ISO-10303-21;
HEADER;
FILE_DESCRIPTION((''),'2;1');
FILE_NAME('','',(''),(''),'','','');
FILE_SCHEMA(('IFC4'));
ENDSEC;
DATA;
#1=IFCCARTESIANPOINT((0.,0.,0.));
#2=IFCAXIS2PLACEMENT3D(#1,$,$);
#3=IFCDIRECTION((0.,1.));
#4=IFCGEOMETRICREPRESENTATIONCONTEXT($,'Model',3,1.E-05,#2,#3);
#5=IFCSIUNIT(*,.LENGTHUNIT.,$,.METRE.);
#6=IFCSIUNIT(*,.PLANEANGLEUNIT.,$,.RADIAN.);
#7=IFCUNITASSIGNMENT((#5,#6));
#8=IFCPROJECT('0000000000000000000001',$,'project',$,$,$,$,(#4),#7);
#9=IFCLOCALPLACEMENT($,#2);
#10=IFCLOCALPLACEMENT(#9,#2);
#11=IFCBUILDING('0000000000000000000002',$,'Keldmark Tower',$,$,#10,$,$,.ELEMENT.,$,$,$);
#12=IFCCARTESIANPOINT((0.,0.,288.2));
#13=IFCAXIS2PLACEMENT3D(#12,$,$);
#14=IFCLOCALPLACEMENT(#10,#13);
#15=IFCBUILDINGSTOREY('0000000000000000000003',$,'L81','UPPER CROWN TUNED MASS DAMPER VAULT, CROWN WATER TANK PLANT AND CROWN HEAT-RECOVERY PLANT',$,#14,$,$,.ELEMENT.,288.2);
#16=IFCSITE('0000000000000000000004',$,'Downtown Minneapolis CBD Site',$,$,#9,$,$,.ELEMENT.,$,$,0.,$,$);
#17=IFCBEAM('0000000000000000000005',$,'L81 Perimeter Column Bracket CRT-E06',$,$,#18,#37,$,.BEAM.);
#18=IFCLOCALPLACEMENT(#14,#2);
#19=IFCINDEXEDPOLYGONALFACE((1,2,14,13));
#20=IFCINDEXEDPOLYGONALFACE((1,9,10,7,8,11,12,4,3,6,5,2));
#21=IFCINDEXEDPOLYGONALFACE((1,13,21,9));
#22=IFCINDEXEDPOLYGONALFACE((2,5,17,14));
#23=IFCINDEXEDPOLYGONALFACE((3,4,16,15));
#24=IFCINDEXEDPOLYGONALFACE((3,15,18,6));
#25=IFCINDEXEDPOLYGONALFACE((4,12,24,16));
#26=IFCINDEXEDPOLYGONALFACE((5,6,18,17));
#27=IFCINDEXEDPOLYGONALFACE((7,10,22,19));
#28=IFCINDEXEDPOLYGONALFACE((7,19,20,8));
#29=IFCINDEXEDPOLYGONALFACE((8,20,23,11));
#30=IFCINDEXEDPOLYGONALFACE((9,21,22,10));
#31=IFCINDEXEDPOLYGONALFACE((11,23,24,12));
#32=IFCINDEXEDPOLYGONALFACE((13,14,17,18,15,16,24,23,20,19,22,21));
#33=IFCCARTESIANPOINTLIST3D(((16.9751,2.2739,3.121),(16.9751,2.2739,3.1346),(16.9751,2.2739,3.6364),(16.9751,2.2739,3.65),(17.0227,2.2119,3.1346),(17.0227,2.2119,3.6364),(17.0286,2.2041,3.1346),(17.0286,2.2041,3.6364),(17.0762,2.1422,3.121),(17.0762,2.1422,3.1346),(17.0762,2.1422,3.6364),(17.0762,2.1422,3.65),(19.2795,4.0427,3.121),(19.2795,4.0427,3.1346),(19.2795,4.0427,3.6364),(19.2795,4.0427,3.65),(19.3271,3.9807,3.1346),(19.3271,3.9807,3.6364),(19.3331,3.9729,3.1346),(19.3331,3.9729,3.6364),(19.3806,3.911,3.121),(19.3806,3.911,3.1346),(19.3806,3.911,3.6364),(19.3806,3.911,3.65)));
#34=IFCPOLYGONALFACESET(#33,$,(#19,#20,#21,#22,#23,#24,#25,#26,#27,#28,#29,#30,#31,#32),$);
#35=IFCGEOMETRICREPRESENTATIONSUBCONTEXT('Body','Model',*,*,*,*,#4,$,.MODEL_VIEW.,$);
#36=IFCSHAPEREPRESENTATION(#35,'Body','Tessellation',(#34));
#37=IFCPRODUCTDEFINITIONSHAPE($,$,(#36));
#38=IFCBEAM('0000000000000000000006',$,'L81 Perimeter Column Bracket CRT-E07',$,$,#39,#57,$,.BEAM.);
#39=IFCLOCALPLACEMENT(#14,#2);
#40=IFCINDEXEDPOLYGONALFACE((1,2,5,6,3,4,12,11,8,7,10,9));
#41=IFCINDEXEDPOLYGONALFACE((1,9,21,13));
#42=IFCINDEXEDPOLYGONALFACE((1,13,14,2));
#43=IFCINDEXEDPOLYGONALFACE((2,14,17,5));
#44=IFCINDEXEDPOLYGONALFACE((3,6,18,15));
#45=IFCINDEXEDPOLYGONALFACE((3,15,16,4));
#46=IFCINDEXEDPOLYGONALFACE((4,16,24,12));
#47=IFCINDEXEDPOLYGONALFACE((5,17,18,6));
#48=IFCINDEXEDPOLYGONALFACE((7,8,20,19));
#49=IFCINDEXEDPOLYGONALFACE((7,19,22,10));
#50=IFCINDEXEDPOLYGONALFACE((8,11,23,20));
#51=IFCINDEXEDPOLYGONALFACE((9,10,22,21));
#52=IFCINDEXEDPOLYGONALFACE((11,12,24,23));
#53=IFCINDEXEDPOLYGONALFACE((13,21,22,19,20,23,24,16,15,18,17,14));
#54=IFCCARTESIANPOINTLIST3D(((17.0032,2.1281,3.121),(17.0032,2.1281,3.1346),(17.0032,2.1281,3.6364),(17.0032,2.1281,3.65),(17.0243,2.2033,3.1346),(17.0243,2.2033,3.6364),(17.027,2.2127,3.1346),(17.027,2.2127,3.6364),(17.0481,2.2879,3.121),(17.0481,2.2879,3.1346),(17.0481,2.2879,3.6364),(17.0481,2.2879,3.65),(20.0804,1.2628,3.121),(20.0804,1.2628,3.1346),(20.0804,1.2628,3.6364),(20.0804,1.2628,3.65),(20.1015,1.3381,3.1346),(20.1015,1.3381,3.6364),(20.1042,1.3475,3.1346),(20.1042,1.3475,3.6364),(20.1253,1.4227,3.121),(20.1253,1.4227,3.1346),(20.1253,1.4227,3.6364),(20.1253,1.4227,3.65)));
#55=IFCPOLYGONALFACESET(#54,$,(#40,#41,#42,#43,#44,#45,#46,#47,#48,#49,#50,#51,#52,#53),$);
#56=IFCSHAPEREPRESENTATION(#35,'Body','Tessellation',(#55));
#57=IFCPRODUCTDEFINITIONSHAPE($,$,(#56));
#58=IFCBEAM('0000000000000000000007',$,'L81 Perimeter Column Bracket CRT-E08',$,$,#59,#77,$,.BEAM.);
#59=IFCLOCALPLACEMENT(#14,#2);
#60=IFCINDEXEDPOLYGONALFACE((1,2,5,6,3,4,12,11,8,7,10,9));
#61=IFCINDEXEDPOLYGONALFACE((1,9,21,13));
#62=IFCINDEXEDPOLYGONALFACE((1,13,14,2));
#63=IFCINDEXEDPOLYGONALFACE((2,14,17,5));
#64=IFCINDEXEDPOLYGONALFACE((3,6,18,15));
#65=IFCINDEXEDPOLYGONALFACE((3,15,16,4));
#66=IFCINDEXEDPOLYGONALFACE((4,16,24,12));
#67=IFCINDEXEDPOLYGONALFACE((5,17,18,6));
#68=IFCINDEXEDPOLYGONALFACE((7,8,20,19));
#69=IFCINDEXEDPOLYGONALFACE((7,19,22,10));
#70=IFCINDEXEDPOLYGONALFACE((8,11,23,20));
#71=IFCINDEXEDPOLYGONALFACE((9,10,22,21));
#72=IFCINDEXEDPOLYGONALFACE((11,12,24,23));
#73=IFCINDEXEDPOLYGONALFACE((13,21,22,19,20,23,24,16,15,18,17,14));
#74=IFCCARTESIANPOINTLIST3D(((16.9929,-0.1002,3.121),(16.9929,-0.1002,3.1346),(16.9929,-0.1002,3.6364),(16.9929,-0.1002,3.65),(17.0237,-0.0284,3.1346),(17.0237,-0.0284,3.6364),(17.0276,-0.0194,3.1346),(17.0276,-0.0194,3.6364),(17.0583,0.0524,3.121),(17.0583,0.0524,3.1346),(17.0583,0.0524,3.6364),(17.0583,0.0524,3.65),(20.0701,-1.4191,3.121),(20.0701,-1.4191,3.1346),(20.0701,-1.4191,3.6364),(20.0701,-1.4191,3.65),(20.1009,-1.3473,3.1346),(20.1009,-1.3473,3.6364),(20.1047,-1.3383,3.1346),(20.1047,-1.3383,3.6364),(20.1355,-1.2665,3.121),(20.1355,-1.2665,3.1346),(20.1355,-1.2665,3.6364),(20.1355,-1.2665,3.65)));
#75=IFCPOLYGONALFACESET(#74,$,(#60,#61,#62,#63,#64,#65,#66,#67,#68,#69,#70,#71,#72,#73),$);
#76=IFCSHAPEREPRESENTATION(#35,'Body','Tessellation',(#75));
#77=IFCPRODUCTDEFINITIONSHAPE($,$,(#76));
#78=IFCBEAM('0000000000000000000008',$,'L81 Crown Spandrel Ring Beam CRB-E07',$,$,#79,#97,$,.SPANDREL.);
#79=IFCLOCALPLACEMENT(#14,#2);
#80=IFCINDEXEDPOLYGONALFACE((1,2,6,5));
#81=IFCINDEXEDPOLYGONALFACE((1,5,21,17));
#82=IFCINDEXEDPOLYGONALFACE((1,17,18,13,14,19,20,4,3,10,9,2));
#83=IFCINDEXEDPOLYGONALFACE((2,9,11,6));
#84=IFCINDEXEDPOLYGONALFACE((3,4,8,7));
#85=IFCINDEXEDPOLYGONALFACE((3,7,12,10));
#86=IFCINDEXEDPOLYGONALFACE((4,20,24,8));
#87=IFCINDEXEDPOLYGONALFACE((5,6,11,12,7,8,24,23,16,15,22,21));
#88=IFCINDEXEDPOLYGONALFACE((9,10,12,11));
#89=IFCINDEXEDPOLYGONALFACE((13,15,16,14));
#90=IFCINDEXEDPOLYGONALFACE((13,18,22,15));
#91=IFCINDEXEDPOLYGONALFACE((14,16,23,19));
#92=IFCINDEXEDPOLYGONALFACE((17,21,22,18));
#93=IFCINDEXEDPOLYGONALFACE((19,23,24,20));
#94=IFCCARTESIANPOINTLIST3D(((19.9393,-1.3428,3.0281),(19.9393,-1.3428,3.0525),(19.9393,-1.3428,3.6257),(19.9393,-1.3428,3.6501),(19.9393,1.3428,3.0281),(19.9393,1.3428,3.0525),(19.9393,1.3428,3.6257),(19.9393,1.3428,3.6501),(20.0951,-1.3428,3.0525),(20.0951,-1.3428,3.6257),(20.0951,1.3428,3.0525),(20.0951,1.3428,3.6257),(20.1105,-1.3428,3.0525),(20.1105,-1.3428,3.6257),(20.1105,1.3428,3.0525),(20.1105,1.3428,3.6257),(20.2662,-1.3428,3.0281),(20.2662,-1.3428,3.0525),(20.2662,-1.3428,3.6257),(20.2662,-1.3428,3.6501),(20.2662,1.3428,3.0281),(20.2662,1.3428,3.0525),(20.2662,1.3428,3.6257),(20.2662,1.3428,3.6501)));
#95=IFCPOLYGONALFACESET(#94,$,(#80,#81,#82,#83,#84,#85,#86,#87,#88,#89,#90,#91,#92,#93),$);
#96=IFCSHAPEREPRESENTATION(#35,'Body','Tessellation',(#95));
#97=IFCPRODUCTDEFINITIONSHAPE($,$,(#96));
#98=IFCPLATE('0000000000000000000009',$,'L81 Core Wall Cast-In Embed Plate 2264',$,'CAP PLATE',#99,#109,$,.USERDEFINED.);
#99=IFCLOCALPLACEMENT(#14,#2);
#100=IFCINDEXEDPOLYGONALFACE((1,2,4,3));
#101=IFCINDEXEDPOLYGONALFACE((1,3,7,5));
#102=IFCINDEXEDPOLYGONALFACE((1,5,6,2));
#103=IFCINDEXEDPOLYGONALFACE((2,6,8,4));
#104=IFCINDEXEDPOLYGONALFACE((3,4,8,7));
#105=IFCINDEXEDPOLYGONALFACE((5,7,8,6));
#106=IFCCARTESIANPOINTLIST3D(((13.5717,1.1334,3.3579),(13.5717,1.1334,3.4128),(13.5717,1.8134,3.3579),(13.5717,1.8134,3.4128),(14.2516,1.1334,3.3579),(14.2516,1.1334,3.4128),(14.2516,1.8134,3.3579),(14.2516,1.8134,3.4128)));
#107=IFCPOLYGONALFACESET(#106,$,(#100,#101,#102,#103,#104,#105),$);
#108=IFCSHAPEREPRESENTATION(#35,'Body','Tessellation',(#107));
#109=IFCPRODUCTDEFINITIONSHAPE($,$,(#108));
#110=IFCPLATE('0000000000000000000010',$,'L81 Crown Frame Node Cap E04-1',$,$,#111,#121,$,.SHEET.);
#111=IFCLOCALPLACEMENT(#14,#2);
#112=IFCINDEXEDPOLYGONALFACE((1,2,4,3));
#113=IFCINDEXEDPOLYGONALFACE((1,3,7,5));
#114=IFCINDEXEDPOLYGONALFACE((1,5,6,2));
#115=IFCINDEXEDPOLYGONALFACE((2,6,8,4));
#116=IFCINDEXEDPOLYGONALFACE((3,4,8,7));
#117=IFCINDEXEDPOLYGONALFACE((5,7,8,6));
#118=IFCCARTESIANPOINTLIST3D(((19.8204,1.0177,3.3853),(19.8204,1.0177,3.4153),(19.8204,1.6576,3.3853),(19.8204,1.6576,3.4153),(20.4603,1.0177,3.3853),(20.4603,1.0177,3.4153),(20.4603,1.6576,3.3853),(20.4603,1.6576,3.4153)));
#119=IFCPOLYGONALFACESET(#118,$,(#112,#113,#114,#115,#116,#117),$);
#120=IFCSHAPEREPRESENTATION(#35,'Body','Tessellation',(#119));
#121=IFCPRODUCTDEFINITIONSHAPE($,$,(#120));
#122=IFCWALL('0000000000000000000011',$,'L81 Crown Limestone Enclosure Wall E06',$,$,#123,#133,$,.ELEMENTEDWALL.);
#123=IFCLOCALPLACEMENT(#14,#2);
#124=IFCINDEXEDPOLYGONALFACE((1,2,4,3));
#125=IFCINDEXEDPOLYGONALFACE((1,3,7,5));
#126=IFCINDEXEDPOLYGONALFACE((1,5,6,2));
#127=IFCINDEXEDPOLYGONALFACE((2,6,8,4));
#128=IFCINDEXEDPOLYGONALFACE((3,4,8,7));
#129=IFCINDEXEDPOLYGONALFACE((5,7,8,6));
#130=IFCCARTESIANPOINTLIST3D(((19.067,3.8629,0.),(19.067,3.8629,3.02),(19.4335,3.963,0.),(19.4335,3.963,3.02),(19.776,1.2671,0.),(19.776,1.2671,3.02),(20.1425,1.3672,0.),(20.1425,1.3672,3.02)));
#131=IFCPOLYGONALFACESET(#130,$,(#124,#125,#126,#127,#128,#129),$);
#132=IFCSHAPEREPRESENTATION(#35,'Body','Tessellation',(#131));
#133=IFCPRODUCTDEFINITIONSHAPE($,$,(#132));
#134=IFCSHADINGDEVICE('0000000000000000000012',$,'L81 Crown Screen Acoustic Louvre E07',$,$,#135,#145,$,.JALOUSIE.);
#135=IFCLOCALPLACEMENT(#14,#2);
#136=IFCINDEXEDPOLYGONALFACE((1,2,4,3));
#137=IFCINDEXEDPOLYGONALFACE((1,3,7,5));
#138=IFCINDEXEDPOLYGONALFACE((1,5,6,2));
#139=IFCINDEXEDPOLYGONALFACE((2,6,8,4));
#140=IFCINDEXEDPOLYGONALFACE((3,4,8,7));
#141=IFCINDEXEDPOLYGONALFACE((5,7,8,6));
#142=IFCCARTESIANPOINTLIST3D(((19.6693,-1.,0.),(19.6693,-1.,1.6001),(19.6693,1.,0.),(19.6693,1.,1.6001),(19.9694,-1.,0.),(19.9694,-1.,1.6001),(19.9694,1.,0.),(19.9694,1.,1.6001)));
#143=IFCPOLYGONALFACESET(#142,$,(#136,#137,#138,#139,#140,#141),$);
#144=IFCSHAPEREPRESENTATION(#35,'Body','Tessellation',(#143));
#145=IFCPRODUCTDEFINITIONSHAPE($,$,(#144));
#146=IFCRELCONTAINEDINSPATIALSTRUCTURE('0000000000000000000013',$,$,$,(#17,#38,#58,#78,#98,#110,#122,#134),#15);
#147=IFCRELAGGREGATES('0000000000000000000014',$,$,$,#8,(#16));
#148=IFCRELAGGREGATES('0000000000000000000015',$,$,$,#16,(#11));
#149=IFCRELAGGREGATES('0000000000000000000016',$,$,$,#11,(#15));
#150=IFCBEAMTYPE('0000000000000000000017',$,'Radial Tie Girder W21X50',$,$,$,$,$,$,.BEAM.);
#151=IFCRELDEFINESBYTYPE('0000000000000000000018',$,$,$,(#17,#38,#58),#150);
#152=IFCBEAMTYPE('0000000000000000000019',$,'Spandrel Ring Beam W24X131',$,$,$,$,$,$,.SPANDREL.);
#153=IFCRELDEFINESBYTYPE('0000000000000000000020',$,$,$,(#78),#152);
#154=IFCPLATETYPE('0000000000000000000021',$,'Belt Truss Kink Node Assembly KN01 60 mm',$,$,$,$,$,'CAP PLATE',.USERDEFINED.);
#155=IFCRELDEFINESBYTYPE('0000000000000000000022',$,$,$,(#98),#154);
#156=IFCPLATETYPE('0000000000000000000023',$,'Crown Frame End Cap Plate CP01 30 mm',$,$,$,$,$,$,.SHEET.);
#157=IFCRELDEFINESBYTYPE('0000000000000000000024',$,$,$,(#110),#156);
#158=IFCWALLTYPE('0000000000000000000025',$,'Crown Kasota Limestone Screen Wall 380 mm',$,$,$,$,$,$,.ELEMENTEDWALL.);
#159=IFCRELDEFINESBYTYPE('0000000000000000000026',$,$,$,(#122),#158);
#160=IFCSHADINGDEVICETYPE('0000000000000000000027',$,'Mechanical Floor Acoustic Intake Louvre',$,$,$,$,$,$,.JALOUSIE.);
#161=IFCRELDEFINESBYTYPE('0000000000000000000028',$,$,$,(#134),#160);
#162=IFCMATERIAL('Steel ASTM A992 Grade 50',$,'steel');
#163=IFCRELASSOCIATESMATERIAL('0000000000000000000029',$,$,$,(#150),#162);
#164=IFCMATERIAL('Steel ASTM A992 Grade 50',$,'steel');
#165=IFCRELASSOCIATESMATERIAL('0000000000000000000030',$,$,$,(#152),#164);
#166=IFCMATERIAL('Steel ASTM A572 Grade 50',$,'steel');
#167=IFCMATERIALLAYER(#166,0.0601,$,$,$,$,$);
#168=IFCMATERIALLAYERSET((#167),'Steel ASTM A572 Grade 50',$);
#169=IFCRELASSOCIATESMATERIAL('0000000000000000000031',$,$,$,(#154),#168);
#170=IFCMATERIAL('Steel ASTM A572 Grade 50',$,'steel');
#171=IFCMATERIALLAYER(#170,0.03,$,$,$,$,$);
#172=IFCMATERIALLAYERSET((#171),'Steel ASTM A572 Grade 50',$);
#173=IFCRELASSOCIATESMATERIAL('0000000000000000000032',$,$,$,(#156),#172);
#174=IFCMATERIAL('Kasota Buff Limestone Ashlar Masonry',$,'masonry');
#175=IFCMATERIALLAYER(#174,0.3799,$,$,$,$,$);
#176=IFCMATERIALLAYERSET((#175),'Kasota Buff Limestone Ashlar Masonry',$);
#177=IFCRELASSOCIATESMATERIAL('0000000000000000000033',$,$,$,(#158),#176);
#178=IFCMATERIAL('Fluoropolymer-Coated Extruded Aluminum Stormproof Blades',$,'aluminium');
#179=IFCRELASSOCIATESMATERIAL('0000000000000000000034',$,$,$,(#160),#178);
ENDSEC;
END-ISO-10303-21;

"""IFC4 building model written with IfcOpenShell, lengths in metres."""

from ifc_helpers import new_model, si_unit, direction, frame, frame_2d, origin, origin_2d, place, context, subcontext, project, spatial, rectangle, i_section, extrude, material, layer, layer_set, material_profile, profile_set, type_object, element, save


model = new_model("IFC4")

# Units and contexts
model_context = context("Model", 3, precision=1e-05, world=origin(), true_north=direction((0.0, 1.0)))
body_context = subcontext(model_context, "Body", "Model", "MODEL_VIEW")
ifc_project = project(units=[si_unit("LENGTHUNIT", "METRE"), si_unit("PLANEANGLEUNIT", "RADIAN")], contexts=[model_context])

# Site, building, storey
site_placement = place(None, origin())
site = spatial("IfcSite", under=ifc_project, at=site_placement, Name="Downtown Minneapolis CBD Site", CompositionType="ELEMENT", RefElevation=0.0)
building_placement = place(site_placement, origin())
building = spatial("IfcBuilding", under=site, at=building_placement, Name="Keldmark Tower", CompositionType="ELEMENT")
storey_placement = place(building_placement, frame((0.0, 0.0, 288.2)))
storey = spatial("IfcBuildingStorey", under=building, at=storey_placement, Name="L81", Description="UPPER CROWN TUNED MASS DAMPER VAULT, CROWN WATER TANK PLANT AND CROWN HEAT-RECOVERY PLANT", CompositionType="ELEMENT", Elevation=288.2)

# Beams
ifc_material_1 = material(Name="Steel ASTM A992 Grade 50", Category="steel")
ifc_material_profile_1 = material_profile(ifc_material_1, i_section(OverallWidth=0.166, OverallDepth=0.5291, WebThickness=0.0098, FlangeThickness=0.0137, at=origin_2d()), Name="W21X50")
ifc_profile_set_1 = profile_set([ifc_material_profile_1], Name="Steel ASTM A992 Grade 50")
beam_type_1 = type_object("IfcBeamType", Name="Radial Tie Girder W21X50", PredefinedType="BEAM", material=ifc_profile_set_1)
beam_1_placement = place(storey_placement, frame((17.0256, 2.208, 3.3855), z_axis=(0.793264, 0.608878, 0.0), x_axis=(-0.608878, 0.793264, 0.0)))
element("IfcBeam", 1, at=beam_1_placement, inside=storey, type_object=beam_type_1, Name="L81 Perimeter Column Bracket CRT-E06", PredefinedType="BEAM", context=body_context, shape_type="SweptSolid", body=[
    extrude(i_section(OverallWidth=0.166, OverallDepth=0.5291, WebThickness=0.0098, FlangeThickness=0.0137, at=origin_2d()), origin(), (0.0, 0.0, 1.0), 2.905),
])
beam_2_placement = place(storey_placement, frame((17.0256, 2.208, 3.3855), z_axis=(0.962668, -0.270684, 0.0), x_axis=(0.270684, 0.962668, 0.0)))
element("IfcBeam", 2, at=beam_2_placement, inside=storey, type_object=beam_type_1, Name="L81 Perimeter Column Bracket CRT-E07", PredefinedType="BEAM", context=body_context, shape_type="SweptSolid", body=[
    extrude(i_section(OverallWidth=0.166, OverallDepth=0.5291, WebThickness=0.0098, FlangeThickness=0.0137, at=origin_2d()), origin(), (0.0, 0.0, 1.0), 3.1965),
])
beam_3_placement = place(storey_placement, frame((17.0256, -0.0239, 3.3855), z_axis=(0.919137, -0.393937, 0.0), x_axis=(0.393937, 0.919137, 0.0)))
element("IfcBeam", 3, at=beam_3_placement, inside=storey, type_object=beam_type_1, Name="L81 Perimeter Column Bracket CRT-E08", PredefinedType="BEAM", context=body_context, shape_type="SweptSolid", body=[
    extrude(i_section(OverallWidth=0.166, OverallDepth=0.5291, WebThickness=0.0098, FlangeThickness=0.0137, at=origin_2d()), origin(), (0.0, 0.0, 1.0), 3.3479),
])
ifc_material_2 = material(Name="Steel ASTM A992 Grade 50", Category="steel")
ifc_material_profile_2 = material_profile(ifc_material_2, i_section(OverallWidth=0.3269, OverallDepth=0.6221, WebThickness=0.0154, FlangeThickness=0.0244, at=origin_2d()), Name="W24X131")
ifc_profile_set_2 = profile_set([ifc_material_profile_2], Name="Steel ASTM A992 Grade 50")
beam_type_2 = type_object("IfcBeamType", Name="Spandrel Ring Beam W24X131", PredefinedType="SPANDREL", material=ifc_profile_set_2)
beam_4_placement = place(storey_placement, frame((20.1028, 1.3428, 3.3391), z_axis=(0.0, -1.0, 0.0), x_axis=(1.0, 0.0, 0.0)))
element("IfcBeam", 4, at=beam_4_placement, inside=storey, type_object=beam_type_2, Name="L81 Crown Spandrel Ring Beam CRB-E07", PredefinedType="SPANDREL", context=body_context, shape_type="SweptSolid", body=[
    extrude(i_section(OverallWidth=0.3269, OverallDepth=0.6221, WebThickness=0.0154, FlangeThickness=0.0244, at=origin_2d()), origin(), (0.0, 0.0, 1.0), 2.6855),
])

# Plates
ifc_material_3 = material(Name="Steel ASTM A572 Grade 50", Category="steel")
ifc_layer_1 = layer(ifc_material_3, 0.0601)
ifc_layer_set_1 = layer_set([ifc_layer_1], Name="Steel ASTM A572 Grade 50")
plate_type_1 = type_object("IfcPlateType", Name="Belt Truss Kink Node Assembly KN01 60 mm", ElementType="CAP PLATE", PredefinedType="USERDEFINED", material=ifc_layer_set_1)
plate_1_placement = place(storey_placement, frame((13.9116, 1.4734, 3.3579), z_axis=(0.0, 0.0, 1.0), x_axis=(1.0, 0.0, 0.0)))
element("IfcPlate", 5, at=plate_1_placement, inside=storey, type_object=plate_type_1, Name="L81 Core Wall Cast-In Embed Plate 2264", ObjectType="CAP PLATE", PredefinedType="USERDEFINED", context=body_context, shape_type="SweptSolid", body=[
    extrude(rectangle(XDim=0.6799, YDim=0.6799, at=origin_2d()), origin(), (0.0, 0.0, 1.0), 0.0549),
])
ifc_material_4 = material(Name="Steel ASTM A572 Grade 50", Category="steel")
ifc_layer_2 = layer(ifc_material_4, 0.03)
ifc_layer_set_2 = layer_set([ifc_layer_2], Name="Steel ASTM A572 Grade 50")
plate_type_2 = type_object("IfcPlateType", Name="Crown Frame End Cap Plate CP01 30 mm", PredefinedType="SHEET", material=ifc_layer_set_2)
plate_2_placement = place(storey_placement, frame((20.1404, 1.3376, 3.3853), z_axis=(0.0, 0.0, 1.0), x_axis=(1.0, 0.0, 0.0)))
element("IfcPlate", 6, at=plate_2_placement, inside=storey, type_object=plate_type_2, Name="L81 Crown Frame Node Cap E04-1", PredefinedType="SHEET", context=body_context, shape_type="SweptSolid", body=[
    extrude(rectangle(XDim=0.6399, YDim=0.6399, at=origin_2d()), origin(), (0.0, 0.0, 1.0), 0.03),
])

# Wall
ifc_material_5 = material(Name="Kasota Buff Limestone Ashlar Masonry", Category="masonry")
ifc_layer_3 = layer(ifc_material_5, 0.3799)
ifc_layer_set_3 = layer_set([ifc_layer_3], Name="Kasota Buff Limestone Ashlar Masonry")
wall_type_1 = type_object("IfcWallType", Name="Crown Kasota Limestone Screen Wall 380 mm", PredefinedType="ELEMENTEDWALL", material=ifc_layer_set_3)
wall_1_placement = place(storey_placement, frame((19.9592, 1.3171, 0.0), z_axis=(0.0, 0.0, 1.0), x_axis=(-0.263463, 0.96467, 0.0)))
element("IfcWall", 7, at=wall_1_placement, inside=storey, type_object=wall_type_1, Name="L81 Crown Limestone Enclosure Wall E06", PredefinedType="ELEMENTEDWALL", context=body_context, shape_type="SweptSolid", body=[
    extrude(rectangle(XDim=2.6909, YDim=0.3799, at=frame_2d((1.3455, 0.0))), origin(), (0.0, 0.0, 1.0), 3.02),
])

# Shading device
ifc_material_6 = material(Name="Fluoropolymer-Coated Extruded Aluminum Stormproof Blades", Category="aluminium")
shading_device_type = type_object("IfcShadingDeviceType", Name="Mechanical Floor Acoustic Intake Louvre", PredefinedType="JALOUSIE", material=ifc_material_6)
shading_device_placement = place(storey_placement, frame((19.8193, 0.0, 0.0), z_axis=(0.0, 0.0, 1.0), x_axis=(0.0, 1.0, 0.0)))
element("IfcShadingDevice", 8, at=shading_device_placement, inside=storey, type_object=shading_device_type, Name="L81 Crown Screen Acoustic Louvre E07", PredefinedType="JALOUSIE", context=body_context, shape_type="SweptSolid", body=[
    extrude(rectangle(XDim=2.0, YDim=0.3, at=origin_2d()), origin(), (0.0, 0.0, 1.0), 1.6001),
])

save(model, "model.ifc")
